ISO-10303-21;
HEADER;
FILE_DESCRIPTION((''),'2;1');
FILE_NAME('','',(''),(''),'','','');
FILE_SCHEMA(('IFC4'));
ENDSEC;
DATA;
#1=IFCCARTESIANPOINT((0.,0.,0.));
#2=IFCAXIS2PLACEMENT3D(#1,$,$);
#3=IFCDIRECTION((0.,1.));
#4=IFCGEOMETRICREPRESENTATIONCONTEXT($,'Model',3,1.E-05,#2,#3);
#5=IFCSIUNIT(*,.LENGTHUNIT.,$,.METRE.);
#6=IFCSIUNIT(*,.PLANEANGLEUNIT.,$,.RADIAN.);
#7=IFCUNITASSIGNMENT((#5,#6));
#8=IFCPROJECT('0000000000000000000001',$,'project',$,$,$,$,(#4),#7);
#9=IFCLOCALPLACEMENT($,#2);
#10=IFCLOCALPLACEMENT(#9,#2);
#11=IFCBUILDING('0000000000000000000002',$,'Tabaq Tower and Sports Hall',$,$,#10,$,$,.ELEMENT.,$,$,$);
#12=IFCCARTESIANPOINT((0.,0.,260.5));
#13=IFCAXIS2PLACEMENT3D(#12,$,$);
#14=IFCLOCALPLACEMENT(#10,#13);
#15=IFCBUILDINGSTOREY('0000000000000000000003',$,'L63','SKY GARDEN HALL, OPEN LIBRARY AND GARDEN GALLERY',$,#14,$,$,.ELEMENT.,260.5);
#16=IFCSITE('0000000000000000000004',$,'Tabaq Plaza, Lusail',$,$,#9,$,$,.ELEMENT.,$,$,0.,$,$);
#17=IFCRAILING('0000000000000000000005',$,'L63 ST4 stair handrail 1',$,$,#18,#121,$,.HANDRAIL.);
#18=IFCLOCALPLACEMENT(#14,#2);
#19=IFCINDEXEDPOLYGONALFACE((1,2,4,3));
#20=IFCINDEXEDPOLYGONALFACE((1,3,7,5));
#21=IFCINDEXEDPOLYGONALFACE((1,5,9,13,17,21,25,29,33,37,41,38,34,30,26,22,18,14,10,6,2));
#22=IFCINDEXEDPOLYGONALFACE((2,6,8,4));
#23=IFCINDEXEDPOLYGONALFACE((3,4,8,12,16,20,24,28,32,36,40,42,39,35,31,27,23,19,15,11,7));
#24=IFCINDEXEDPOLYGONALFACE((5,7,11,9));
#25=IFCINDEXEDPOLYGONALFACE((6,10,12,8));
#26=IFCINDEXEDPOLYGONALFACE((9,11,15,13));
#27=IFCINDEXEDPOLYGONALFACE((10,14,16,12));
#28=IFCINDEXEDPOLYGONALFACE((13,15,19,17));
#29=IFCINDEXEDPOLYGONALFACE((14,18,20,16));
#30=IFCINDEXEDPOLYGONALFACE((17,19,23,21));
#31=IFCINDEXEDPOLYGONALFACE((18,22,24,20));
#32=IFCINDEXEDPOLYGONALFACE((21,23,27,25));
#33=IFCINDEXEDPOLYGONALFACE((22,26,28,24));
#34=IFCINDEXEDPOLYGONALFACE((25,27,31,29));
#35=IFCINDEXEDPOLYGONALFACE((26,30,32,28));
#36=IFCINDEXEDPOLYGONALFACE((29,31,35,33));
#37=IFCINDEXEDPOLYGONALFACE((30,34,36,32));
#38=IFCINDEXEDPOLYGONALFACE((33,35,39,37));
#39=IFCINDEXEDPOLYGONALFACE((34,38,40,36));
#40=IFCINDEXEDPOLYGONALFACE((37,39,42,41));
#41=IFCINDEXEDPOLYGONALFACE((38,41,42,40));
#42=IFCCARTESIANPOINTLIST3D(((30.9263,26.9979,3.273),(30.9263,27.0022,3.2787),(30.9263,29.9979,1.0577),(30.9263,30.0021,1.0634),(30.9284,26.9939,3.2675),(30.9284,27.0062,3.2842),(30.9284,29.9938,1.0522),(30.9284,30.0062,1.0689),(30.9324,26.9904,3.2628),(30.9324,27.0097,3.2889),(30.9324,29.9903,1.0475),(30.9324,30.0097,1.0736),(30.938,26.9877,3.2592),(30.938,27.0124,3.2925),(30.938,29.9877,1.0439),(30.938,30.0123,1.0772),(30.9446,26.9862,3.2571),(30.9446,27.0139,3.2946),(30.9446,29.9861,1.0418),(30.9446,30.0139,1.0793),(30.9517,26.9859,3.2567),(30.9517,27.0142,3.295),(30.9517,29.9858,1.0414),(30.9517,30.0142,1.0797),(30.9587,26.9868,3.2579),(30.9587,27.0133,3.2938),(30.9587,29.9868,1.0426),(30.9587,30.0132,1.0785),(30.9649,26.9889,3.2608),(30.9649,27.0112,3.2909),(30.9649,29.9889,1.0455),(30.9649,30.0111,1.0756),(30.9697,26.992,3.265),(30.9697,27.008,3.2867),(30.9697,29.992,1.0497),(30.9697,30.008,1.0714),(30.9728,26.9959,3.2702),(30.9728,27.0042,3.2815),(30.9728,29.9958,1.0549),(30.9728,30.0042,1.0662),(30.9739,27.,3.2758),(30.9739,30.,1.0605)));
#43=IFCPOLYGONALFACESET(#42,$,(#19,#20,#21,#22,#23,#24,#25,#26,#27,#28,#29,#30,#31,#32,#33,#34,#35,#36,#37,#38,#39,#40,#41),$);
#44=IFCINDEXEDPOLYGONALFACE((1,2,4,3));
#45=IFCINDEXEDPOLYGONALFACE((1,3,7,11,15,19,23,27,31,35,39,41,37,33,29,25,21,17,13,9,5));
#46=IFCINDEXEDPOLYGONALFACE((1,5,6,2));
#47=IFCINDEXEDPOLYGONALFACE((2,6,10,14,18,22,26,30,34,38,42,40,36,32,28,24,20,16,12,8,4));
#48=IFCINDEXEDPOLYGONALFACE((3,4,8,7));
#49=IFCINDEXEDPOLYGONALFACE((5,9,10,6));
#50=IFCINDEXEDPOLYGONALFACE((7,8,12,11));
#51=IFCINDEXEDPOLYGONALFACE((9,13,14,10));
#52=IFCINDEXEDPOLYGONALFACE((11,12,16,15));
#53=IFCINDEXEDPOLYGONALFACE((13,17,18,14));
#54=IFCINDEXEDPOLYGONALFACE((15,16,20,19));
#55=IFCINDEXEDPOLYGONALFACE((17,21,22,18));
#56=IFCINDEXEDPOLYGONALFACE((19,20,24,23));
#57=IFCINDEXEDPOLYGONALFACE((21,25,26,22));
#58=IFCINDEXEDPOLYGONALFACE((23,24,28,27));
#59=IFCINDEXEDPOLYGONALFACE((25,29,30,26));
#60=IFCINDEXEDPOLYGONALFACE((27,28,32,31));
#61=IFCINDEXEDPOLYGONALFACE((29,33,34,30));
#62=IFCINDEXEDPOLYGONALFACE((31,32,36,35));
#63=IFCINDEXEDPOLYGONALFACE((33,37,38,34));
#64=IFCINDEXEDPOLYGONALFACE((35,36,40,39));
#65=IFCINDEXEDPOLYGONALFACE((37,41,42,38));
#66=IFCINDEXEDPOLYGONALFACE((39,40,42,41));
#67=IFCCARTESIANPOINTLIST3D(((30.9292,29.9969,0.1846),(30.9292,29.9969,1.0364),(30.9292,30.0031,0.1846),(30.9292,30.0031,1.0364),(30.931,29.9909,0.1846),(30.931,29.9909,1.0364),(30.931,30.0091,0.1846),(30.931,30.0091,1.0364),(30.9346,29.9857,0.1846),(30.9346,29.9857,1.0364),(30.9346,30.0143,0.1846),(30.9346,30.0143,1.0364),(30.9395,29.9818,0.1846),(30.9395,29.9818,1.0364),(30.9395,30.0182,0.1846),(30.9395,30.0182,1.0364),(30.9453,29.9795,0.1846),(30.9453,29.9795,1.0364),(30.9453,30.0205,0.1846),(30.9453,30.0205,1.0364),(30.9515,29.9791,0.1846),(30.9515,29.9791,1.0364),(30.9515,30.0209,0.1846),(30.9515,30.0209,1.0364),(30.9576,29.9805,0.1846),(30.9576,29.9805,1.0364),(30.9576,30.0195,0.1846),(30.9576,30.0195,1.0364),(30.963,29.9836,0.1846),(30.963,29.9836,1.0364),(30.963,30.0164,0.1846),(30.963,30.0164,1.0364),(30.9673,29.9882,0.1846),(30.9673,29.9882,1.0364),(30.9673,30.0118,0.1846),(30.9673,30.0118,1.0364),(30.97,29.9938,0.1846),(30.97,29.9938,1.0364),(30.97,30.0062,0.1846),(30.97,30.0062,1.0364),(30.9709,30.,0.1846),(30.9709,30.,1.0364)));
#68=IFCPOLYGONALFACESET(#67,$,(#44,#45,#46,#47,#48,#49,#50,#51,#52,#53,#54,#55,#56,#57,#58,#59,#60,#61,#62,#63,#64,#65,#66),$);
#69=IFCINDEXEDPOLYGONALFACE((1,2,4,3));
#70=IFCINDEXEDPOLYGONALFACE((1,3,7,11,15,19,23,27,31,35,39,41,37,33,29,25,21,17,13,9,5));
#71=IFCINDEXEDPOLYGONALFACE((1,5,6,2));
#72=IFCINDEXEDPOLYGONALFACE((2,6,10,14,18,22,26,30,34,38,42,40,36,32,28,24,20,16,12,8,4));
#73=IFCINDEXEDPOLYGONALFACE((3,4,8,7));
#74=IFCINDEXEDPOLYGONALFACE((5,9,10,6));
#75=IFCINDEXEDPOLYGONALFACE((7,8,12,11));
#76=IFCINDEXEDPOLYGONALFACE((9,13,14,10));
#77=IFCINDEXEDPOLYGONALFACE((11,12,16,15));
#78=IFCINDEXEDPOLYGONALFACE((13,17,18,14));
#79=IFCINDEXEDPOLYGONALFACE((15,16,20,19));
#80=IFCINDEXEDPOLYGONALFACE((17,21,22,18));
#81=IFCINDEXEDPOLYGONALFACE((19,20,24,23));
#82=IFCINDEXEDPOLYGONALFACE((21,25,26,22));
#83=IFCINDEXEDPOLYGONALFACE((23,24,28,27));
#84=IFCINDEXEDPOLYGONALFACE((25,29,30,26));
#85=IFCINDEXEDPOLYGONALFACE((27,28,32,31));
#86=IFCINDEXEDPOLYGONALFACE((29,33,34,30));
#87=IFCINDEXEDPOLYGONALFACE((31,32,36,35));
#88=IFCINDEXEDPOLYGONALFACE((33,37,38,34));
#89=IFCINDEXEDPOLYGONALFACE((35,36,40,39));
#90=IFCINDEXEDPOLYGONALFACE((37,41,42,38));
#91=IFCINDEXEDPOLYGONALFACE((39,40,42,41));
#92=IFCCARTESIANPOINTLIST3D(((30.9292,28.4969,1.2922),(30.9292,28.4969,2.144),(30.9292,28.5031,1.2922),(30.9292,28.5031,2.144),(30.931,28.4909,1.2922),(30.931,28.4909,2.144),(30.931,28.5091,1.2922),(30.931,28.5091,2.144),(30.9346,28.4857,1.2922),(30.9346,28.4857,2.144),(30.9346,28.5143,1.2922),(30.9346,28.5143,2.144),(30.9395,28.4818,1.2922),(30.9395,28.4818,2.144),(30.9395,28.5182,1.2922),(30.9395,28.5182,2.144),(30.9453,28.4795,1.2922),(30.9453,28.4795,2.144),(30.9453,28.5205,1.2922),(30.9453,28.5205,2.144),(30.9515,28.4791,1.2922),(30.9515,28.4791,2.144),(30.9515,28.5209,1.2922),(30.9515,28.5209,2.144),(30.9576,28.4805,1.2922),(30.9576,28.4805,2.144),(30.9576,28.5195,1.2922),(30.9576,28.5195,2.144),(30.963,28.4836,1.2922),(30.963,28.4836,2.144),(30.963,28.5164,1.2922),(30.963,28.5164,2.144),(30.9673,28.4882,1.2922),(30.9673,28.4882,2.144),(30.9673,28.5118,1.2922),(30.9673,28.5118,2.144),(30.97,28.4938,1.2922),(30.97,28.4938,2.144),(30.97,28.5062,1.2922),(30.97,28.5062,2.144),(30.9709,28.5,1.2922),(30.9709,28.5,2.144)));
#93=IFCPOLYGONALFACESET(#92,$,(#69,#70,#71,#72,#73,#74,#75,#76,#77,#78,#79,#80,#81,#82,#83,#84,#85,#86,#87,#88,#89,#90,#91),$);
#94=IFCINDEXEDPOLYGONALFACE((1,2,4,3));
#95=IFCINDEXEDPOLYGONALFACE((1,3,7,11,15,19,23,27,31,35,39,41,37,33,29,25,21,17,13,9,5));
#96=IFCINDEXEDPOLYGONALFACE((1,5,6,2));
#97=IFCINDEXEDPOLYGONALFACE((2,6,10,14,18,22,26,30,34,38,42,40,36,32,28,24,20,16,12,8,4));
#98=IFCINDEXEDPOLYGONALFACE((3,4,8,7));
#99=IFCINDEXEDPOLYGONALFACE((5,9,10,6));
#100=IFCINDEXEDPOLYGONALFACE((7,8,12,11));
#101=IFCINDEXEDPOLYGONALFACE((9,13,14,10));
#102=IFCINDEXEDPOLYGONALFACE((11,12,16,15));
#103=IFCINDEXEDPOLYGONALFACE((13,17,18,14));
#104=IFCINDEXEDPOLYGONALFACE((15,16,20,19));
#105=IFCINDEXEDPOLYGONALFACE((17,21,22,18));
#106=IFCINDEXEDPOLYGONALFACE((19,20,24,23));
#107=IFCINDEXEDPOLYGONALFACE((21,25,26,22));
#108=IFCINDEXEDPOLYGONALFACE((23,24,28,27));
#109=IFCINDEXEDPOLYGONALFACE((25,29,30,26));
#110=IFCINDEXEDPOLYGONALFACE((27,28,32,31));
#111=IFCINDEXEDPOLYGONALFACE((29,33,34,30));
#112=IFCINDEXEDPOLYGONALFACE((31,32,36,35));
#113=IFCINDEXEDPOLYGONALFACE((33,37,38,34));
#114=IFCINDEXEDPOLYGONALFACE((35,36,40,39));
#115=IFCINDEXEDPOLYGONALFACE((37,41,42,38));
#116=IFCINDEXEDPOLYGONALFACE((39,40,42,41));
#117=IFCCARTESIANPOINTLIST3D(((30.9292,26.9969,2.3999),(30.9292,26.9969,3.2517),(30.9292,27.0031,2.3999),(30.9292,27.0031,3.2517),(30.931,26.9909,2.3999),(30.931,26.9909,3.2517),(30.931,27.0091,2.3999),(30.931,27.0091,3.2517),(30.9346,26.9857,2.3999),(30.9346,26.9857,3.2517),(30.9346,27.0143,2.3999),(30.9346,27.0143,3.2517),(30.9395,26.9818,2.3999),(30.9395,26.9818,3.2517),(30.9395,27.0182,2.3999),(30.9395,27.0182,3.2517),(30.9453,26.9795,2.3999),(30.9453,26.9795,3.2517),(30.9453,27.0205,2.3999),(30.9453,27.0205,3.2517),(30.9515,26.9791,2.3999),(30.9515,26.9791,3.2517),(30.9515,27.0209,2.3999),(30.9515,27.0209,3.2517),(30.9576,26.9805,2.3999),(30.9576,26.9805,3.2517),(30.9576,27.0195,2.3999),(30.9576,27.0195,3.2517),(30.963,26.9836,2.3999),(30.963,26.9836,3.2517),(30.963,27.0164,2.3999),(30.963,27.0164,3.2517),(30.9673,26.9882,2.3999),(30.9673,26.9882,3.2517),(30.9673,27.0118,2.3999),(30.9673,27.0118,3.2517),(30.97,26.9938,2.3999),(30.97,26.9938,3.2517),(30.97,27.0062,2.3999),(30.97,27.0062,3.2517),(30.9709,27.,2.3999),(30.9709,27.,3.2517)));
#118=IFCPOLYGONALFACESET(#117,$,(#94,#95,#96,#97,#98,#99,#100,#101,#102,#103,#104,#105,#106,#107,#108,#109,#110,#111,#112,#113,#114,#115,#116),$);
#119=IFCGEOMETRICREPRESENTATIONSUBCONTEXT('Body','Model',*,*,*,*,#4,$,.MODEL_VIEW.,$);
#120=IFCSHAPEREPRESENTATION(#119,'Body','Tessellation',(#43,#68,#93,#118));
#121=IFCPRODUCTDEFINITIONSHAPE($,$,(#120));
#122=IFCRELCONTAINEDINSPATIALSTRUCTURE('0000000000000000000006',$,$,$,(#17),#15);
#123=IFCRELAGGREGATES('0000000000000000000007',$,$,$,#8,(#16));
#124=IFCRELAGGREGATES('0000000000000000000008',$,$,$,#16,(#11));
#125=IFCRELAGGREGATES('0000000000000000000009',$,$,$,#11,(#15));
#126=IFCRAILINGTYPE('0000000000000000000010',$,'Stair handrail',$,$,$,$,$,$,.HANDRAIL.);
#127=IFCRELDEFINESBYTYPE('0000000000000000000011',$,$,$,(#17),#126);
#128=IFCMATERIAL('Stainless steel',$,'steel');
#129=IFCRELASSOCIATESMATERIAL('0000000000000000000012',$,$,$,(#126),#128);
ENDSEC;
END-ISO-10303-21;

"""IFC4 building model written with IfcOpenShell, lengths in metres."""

from ifc_helpers import new_model, si_unit, direction, frame, origin, origin_2d, place, context, subcontext, project, spatial, circle, extrude, material, type_object, element, save


model = new_model("IFC4")

# Units and contexts
model_context = context("Model", 3, precision=1e-05, world=origin(), true_north=direction((0.0, 1.0)))
body_context = subcontext(model_context, "Body", "Model", "MODEL_VIEW")
ifc_project = project(units=[si_unit("LENGTHUNIT", "METRE"), si_unit("PLANEANGLEUNIT", "RADIAN")], contexts=[model_context])

# Site, building, storey
site_placement = place(None, origin())
site = spatial("IfcSite", under=ifc_project, at=site_placement, Name="Tabaq Plaza, Lusail", CompositionType="ELEMENT", RefElevation=0.0)
building_placement = place(site_placement, origin())
building = spatial("IfcBuilding", under=site, at=building_placement, Name="Tabaq Tower and Sports Hall", CompositionType="ELEMENT")
storey_placement = place(building_placement, frame((0.0, 0.0, 260.5)))
storey = spatial("IfcBuildingStorey", under=building, at=storey_placement, Name="L63", Description="SKY GARDEN HALL, OPEN LIBRARY AND GARDEN GALLERY", CompositionType="ELEMENT", Elevation=260.5)

# Railing
ifc_material_1 = material(Name="Stainless steel", Category="steel")
railing_type_1 = type_object("IfcRailingType", Name="Stair handrail", PredefinedType="HANDRAIL", material=ifc_material_1)
railing_1_placement = place(storey_placement, frame((30.95, 30.0, 0.1846)))
element("IfcRailing", 1, at=railing_1_placement, inside=storey, type_object=railing_type_1, Name="L63 ST4 stair handrail 1", PredefinedType="HANDRAIL", context=body_context, shape_type="SweptSolid", body=[
    extrude(circle(Radius=0.0239, at=origin_2d()), frame((0.0, 0.0, 0.876), z_axis=(0.0, -0.80444, 0.594034), x_axis=(1.0, 0.0, 0.0)), (0.0, 0.0, 1.0), 3.7292),
    extrude(circle(Radius=0.021, at=origin_2d()), origin(), (0.0, 0.0, 1.0), 0.8518),
    extrude(circle(Radius=0.021, at=origin_2d()), frame((0.0, -1.5, 1.1077)), (0.0, 0.0, 1.0), 0.8518),
    extrude(circle(Radius=0.021, at=origin_2d()), frame((0.0, -3.0, 2.2153)), (0.0, 0.0, 1.0), 0.8518),
])

save(model, "model.ifc")
